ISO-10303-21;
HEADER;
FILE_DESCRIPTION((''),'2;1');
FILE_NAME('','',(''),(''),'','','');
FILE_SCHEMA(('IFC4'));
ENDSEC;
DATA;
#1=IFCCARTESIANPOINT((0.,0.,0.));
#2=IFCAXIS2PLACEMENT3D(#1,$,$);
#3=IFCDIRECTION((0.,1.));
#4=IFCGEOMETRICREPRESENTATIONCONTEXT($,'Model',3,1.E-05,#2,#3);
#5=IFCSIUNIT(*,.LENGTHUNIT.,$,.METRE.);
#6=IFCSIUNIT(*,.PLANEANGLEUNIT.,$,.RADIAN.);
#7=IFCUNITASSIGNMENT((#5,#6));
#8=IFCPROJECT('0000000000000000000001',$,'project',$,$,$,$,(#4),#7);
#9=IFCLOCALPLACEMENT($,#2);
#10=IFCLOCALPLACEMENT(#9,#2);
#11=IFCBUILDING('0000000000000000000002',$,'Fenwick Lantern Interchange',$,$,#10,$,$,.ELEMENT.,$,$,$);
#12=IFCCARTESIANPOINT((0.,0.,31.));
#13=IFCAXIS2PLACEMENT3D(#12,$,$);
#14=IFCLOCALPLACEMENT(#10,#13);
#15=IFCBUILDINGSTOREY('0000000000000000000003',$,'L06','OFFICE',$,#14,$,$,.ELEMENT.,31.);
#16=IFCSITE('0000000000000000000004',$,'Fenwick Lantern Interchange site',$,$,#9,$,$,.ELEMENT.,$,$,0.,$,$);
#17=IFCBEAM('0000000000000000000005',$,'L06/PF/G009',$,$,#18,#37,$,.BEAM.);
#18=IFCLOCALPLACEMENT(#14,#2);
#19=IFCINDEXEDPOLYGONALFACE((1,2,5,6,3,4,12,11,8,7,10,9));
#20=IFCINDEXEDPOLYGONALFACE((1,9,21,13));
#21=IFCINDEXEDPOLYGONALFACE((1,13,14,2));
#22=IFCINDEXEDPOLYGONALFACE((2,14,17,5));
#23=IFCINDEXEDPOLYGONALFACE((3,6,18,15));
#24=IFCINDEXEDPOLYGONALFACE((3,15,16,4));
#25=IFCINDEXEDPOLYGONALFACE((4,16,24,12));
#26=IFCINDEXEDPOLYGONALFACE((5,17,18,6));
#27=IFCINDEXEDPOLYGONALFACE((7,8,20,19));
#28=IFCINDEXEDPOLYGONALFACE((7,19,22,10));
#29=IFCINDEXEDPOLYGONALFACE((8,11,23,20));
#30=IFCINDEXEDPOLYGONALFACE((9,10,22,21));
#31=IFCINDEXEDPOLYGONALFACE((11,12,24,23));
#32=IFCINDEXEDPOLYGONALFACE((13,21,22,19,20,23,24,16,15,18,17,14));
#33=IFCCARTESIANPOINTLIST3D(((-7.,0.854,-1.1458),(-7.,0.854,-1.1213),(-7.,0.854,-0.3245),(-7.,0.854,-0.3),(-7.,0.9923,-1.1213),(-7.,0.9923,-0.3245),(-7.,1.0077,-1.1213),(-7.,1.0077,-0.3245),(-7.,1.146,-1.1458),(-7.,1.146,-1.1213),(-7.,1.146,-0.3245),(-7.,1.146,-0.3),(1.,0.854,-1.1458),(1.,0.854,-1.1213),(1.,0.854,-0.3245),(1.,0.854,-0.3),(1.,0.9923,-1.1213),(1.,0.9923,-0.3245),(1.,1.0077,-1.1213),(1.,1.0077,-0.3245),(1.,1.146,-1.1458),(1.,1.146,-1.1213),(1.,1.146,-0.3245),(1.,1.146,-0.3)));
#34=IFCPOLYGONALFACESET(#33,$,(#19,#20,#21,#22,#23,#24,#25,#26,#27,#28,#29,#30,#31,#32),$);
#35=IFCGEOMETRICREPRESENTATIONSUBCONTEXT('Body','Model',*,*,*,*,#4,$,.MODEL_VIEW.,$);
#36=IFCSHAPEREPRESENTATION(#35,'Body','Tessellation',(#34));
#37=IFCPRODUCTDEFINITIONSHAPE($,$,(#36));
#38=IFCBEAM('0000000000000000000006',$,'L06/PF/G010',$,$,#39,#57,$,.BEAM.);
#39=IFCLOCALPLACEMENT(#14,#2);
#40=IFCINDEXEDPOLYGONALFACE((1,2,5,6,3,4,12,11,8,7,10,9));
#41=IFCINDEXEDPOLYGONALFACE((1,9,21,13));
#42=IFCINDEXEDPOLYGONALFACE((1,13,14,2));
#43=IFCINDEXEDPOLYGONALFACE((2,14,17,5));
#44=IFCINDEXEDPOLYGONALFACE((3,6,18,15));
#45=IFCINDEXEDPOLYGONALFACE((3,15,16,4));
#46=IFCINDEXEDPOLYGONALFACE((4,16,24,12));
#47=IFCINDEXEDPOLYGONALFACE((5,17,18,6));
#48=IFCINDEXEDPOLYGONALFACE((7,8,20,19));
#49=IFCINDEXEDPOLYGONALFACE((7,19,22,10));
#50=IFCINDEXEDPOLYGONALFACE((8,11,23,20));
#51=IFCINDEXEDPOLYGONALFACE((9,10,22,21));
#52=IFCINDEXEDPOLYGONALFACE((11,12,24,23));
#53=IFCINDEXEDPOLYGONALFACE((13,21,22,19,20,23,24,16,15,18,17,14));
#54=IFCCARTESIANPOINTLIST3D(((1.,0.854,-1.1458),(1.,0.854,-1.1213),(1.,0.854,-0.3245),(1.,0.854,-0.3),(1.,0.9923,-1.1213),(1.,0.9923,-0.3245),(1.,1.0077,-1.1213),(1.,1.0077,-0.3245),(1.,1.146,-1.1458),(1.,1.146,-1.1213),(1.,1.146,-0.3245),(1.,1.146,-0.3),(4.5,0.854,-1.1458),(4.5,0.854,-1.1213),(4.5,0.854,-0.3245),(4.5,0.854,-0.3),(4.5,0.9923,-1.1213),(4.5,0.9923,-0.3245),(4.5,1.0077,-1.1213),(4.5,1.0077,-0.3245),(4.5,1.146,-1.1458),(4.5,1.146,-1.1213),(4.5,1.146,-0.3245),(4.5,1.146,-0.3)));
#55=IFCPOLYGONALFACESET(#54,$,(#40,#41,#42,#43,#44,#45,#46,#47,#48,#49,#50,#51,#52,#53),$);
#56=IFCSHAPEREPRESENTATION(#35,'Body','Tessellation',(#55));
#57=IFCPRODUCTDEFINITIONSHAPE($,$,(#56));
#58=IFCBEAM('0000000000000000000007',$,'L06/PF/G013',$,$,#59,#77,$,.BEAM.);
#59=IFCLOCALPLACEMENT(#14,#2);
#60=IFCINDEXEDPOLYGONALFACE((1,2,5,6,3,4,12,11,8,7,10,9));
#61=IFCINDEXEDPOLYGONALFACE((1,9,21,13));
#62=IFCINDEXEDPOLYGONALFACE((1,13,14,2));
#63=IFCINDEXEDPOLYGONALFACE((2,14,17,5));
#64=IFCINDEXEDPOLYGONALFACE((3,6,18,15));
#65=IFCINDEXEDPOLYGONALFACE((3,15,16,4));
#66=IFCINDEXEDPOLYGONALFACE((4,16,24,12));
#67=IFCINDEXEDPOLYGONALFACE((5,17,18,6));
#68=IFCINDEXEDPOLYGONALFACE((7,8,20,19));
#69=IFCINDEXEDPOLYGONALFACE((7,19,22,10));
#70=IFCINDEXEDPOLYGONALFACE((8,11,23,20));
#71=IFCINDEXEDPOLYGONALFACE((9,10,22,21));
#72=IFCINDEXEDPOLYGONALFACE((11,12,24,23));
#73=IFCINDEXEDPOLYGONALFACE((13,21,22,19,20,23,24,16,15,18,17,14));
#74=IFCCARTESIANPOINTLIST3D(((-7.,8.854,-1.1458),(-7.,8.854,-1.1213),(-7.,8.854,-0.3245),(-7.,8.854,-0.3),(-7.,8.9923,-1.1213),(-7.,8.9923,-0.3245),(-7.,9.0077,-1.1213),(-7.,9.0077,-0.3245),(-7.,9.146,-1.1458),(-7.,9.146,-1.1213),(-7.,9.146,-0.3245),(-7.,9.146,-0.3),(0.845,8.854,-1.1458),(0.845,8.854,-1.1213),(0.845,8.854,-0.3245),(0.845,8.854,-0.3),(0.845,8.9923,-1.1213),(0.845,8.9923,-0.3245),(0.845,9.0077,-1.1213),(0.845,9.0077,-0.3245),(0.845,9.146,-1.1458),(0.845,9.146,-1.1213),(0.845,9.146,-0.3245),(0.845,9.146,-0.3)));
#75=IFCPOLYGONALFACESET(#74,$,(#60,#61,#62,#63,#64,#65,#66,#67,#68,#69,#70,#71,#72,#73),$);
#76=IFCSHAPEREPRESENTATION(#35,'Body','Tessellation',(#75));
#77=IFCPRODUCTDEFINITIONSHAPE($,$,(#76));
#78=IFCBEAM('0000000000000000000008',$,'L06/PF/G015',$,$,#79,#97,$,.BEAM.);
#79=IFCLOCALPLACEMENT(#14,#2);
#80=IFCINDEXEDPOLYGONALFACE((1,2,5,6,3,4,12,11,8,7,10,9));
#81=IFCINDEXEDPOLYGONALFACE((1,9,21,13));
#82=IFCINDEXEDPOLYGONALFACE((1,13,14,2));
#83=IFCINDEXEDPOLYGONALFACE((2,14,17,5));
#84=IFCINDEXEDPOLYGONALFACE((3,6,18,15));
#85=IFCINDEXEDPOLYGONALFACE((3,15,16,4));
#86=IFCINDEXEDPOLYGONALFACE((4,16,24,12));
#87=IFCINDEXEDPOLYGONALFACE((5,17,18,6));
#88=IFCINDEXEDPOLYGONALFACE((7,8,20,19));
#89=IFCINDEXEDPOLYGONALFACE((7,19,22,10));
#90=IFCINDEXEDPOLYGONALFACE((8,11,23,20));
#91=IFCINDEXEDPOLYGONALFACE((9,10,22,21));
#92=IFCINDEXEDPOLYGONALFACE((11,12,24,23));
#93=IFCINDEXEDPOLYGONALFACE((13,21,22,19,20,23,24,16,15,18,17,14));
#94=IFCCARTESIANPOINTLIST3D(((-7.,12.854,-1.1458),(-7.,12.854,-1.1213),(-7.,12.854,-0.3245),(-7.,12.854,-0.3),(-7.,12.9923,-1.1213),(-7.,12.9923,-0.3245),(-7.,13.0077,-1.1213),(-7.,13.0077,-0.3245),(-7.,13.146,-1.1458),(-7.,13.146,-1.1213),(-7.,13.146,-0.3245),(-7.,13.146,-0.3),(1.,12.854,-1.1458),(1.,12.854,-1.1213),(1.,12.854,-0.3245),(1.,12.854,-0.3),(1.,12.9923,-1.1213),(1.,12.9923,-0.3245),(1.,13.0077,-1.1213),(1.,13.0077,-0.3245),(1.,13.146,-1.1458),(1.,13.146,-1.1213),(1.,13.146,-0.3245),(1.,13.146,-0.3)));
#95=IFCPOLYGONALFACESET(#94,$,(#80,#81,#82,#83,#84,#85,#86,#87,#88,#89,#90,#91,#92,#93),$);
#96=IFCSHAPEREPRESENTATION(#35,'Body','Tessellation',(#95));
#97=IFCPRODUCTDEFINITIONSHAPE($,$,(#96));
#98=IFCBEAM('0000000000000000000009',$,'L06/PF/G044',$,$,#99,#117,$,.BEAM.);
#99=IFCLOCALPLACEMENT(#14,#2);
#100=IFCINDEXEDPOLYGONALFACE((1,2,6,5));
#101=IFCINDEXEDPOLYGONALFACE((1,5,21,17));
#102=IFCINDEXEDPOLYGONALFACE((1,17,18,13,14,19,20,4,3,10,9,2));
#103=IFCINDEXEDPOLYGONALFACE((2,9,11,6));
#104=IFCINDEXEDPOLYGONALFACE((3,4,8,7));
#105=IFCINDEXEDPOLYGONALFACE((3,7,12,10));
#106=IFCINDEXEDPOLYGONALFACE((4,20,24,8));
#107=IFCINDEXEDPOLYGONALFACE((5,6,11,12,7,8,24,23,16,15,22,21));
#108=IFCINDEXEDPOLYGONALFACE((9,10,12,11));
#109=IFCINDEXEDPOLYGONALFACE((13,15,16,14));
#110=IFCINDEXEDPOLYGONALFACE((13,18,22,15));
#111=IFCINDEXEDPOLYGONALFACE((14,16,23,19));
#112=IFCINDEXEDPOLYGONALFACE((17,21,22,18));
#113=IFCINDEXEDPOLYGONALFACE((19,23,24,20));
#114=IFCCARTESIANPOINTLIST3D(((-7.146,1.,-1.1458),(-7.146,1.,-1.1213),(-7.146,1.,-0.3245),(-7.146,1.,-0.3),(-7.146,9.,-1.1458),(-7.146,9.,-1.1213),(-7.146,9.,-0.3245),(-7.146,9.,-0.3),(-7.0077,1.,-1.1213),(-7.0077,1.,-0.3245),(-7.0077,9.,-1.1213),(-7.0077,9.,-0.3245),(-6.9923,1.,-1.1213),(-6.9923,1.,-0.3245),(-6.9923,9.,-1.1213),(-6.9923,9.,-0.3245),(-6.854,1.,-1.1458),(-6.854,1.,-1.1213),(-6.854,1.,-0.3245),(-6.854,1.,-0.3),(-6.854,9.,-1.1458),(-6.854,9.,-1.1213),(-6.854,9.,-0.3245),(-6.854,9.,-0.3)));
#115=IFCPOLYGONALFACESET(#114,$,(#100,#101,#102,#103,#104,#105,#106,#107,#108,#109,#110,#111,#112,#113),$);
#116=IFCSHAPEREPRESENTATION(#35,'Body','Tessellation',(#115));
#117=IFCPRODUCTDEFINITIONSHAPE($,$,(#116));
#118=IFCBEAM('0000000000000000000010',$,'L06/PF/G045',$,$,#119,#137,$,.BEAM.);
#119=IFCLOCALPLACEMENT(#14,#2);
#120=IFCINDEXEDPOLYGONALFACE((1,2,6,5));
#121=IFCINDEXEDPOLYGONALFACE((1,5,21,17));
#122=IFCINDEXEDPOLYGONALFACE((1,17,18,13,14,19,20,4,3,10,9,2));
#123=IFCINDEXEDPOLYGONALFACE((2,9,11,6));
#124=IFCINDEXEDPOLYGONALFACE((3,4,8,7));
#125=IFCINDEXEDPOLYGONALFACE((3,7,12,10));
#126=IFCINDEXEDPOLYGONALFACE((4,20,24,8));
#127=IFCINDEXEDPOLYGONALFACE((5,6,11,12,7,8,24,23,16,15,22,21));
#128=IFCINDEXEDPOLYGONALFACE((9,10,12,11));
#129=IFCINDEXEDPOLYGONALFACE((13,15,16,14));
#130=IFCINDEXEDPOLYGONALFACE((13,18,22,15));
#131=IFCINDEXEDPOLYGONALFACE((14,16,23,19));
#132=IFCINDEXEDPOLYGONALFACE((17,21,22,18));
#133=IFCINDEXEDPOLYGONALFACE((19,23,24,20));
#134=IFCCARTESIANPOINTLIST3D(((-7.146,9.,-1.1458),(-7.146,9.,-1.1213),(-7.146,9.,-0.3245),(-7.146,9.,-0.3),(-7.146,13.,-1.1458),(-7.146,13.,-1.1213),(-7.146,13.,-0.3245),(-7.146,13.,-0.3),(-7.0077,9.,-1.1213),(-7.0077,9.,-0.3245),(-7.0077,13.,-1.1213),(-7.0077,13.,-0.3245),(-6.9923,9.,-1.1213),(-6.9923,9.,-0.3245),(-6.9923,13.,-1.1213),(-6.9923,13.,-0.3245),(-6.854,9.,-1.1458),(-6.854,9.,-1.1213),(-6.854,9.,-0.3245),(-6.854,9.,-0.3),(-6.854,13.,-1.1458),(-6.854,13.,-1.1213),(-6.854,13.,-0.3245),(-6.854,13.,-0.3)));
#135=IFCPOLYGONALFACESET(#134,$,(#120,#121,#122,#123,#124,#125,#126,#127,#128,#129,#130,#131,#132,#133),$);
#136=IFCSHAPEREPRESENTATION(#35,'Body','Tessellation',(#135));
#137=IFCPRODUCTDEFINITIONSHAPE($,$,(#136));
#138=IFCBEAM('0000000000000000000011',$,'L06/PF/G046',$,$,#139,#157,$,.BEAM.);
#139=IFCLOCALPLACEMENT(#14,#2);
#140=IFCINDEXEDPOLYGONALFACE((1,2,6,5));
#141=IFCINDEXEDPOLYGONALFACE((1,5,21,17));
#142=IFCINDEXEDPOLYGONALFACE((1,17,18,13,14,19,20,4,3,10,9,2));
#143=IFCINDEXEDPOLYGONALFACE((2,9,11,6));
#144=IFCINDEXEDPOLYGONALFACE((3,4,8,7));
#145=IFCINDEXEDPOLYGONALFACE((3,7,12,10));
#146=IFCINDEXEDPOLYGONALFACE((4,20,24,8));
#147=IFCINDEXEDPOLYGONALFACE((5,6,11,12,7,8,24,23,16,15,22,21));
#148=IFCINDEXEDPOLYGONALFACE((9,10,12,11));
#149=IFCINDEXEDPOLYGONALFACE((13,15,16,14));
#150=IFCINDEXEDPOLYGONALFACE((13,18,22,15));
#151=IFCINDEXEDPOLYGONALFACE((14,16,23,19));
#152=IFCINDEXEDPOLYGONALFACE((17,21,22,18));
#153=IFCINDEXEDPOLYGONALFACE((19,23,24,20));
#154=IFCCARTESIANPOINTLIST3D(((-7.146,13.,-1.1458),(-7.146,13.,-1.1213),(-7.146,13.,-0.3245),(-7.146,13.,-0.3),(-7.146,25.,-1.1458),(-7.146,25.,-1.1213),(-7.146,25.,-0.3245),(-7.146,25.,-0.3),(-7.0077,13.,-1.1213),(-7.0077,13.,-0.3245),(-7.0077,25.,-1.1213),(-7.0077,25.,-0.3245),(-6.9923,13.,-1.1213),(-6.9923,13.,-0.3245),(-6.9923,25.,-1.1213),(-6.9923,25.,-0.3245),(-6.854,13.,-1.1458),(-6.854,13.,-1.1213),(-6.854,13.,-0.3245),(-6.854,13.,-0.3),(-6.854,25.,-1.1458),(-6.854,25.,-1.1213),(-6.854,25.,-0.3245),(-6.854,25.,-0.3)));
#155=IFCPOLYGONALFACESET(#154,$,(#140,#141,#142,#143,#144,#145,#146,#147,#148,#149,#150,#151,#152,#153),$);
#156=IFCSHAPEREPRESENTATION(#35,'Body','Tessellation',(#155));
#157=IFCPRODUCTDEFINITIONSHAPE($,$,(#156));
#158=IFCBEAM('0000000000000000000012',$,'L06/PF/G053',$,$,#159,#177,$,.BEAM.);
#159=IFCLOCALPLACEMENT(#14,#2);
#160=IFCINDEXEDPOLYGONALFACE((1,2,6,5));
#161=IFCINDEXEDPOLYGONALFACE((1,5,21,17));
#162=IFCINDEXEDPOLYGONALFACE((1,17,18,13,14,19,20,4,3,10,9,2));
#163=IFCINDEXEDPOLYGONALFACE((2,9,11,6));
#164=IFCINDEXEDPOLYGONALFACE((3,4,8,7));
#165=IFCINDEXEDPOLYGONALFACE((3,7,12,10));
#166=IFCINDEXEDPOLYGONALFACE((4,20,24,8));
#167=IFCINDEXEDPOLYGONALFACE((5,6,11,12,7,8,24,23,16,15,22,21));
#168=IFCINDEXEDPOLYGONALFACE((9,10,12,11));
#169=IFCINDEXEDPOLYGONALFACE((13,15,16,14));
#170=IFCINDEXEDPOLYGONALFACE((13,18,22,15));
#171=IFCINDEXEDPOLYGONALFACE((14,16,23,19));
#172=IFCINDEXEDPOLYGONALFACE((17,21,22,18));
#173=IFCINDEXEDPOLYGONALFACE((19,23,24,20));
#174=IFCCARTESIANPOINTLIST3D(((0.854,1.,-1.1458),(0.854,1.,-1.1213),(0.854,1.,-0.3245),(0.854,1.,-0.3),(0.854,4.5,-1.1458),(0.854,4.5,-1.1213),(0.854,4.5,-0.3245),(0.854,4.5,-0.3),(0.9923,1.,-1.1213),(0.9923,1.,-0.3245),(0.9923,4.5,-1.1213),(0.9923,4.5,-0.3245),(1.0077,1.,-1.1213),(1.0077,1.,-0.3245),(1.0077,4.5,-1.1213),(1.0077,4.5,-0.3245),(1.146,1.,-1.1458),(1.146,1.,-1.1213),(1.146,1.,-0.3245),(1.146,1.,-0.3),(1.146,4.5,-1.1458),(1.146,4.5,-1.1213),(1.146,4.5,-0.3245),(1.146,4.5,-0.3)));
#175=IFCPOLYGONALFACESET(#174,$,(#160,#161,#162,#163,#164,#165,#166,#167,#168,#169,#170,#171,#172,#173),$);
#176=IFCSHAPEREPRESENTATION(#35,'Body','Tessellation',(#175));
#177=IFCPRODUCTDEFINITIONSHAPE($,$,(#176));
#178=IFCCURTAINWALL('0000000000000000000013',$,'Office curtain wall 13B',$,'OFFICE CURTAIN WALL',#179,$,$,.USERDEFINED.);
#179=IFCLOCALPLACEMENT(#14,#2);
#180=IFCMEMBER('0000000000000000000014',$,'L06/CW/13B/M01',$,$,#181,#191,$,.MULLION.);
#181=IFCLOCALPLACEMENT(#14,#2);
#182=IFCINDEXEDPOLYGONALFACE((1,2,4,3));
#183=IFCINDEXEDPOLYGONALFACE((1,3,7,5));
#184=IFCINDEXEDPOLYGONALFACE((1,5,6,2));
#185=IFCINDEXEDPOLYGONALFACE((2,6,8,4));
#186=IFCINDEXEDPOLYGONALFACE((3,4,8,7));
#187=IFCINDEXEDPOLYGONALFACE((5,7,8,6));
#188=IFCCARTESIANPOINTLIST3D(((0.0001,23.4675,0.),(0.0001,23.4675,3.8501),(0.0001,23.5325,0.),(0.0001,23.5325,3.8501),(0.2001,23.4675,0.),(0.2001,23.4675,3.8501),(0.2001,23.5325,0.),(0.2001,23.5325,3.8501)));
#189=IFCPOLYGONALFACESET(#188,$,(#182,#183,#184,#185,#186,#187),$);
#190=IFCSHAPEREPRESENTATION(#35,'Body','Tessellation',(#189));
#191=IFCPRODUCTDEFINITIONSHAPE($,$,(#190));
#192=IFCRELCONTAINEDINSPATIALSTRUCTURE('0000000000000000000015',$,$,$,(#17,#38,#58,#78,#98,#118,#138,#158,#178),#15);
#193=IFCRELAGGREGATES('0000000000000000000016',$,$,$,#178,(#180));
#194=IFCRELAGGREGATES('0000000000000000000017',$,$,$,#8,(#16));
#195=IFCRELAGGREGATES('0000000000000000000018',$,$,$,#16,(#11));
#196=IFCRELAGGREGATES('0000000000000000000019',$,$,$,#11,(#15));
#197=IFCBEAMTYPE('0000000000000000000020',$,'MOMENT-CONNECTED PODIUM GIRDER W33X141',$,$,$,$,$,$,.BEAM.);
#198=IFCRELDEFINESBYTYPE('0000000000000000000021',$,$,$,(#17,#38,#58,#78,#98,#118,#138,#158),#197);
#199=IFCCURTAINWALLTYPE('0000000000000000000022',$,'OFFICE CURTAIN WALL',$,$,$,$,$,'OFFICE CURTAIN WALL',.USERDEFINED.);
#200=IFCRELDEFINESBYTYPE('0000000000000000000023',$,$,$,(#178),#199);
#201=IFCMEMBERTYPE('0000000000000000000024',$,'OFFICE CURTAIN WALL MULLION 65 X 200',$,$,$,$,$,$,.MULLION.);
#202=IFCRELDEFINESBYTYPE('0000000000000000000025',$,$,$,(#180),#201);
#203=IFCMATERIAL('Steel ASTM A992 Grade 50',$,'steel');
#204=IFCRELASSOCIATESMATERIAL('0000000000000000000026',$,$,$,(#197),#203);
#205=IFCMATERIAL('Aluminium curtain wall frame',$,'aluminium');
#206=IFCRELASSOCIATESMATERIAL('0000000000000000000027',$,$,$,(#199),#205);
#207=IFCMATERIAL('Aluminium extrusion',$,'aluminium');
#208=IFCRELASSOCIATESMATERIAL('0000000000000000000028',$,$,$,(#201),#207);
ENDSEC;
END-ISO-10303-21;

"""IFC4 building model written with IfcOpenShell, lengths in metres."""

from ifc_helpers import new_model, si_unit, direction, frame, origin, origin_2d, place, context, subcontext, project, spatial, rectangle, i_section, extrude, material, material_profile, profile_set, type_object, element, aggregate, save


model = new_model("IFC4")

# Units and contexts
model_context = context("Model", 3, precision=1e-05, world=origin(), true_north=direction((0.0, 1.0)))
body_context = subcontext(model_context, "Body", "Model", "MODEL_VIEW")
ifc_project = project(units=[si_unit("LENGTHUNIT", "METRE"), si_unit("PLANEANGLEUNIT", "RADIAN")], contexts=[model_context])

# Site, building, storey
site_placement = place(None, origin())
site = spatial("IfcSite", under=ifc_project, at=site_placement, Name="Fenwick Lantern Interchange site", CompositionType="ELEMENT", RefElevation=0.0)
building_placement = place(site_placement, origin())
building = spatial("IfcBuilding", under=site, at=building_placement, Name="Fenwick Lantern Interchange", CompositionType="ELEMENT")
storey_placement = place(building_placement, frame((0.0, 0.0, 31.0)))
storey = spatial("IfcBuildingStorey", under=building, at=storey_placement, Name="L06", Description="OFFICE", CompositionType="ELEMENT", Elevation=31.0)

# Shared definitions
ifc_material_1 = material(Name="Steel ASTM A992 Grade 50", Category="steel")

# Beams
ifc_material_profile_1 = material_profile(ifc_material_1, i_section(OverallWidth=0.292, OverallDepth=0.8457, WebThickness=0.0154, FlangeThickness=0.0244, at=origin_2d()), Name="W33X141")
ifc_profile_set_1 = profile_set([ifc_material_profile_1], Name="Steel ASTM A992 Grade 50")
beam_type_1 = type_object("IfcBeamType", Name="MOMENT-CONNECTED PODIUM GIRDER W33X141", PredefinedType="BEAM", material=ifc_profile_set_1)
beam_1_placement = place(storey_placement, frame((-7.0, 1.0, -0.7229), z_axis=(1.0, 0.0, 0.0), x_axis=(0.0, 1.0, 0.0)))
element("IfcBeam", 1, at=beam_1_placement, inside=storey, type_object=beam_type_1, Name="L06/PF/G009", PredefinedType="BEAM", context=body_context, shape_type="SweptSolid", body=[
    extrude(i_section(OverallWidth=0.292, OverallDepth=0.8457, WebThickness=0.0154, FlangeThickness=0.0244, at=origin_2d()), origin(), (0.0, 0.0, 1.0), 8.0),
])
beam_2_placement = place(storey_placement, frame((1.0, 1.0, -0.7229), z_axis=(1.0, 0.0, 0.0), x_axis=(0.0, 1.0, 0.0)))
element("IfcBeam", 2, at=beam_2_placement, inside=storey, type_object=beam_type_1, Name="L06/PF/G010", PredefinedType="BEAM", context=body_context, shape_type="SweptSolid", body=[
    extrude(i_section(OverallWidth=0.292, OverallDepth=0.8457, WebThickness=0.0154, FlangeThickness=0.0244, at=origin_2d()), origin(), (0.0, 0.0, 1.0), 3.5),
])
beam_3_placement = place(storey_placement, frame((-7.0, 9.0, -0.7229), z_axis=(1.0, 0.0, 0.0), x_axis=(0.0, 1.0, 0.0)))
element("IfcBeam", 3, at=beam_3_placement, inside=storey, type_object=beam_type_1, Name="L06/PF/G013", PredefinedType="BEAM", context=body_context, shape_type="SweptSolid", body=[
    extrude(i_section(OverallWidth=0.292, OverallDepth=0.8457, WebThickness=0.0154, FlangeThickness=0.0244, at=origin_2d()), origin(), (0.0, 0.0, 1.0), 7.845),
])
for number, where, z_axis, x_axis, name in (
    (4, (-7.0, 13.0, -0.7229), (1.0, 0.0, 0.0), (0.0, 1.0, 0.0), "L06/PF/G015"),
    (5, (-7.0, 1.0, -0.7229), (0.0, 1.0, 0.0), (-1.0, 0.0, 0.0), "L06/PF/G044"),
):
    element("IfcBeam", number, at=place(storey_placement, frame(where, z_axis=z_axis, x_axis=x_axis)), inside=storey, type_object=beam_type_1, Name=name, PredefinedType="BEAM", context=body_context, shape_type="SweptSolid", body=[
        extrude(i_section(OverallWidth=0.292, OverallDepth=0.8457, WebThickness=0.0154, FlangeThickness=0.0244, at=origin_2d()), origin(), (0.0, 0.0, 1.0), 8.0),
    ])
beam_4_placement = place(storey_placement, frame((-7.0, 9.0, -0.7229), z_axis=(0.0, 1.0, 0.0), x_axis=(-1.0, 0.0, 0.0)))
element("IfcBeam", 6, at=beam_4_placement, inside=storey, type_object=beam_type_1, Name="L06/PF/G045", PredefinedType="BEAM", context=body_context, shape_type="SweptSolid", body=[
    extrude(i_section(OverallWidth=0.292, OverallDepth=0.8457, WebThickness=0.0154, FlangeThickness=0.0244, at=origin_2d()), origin(), (0.0, 0.0, 1.0), 4.0),
])
beam_5_placement = place(storey_placement, frame((-7.0, 13.0, -0.7229), z_axis=(0.0, 1.0, 0.0), x_axis=(-1.0, 0.0, 0.0)))
element("IfcBeam", 7, at=beam_5_placement, inside=storey, type_object=beam_type_1, Name="L06/PF/G046", PredefinedType="BEAM", context=body_context, shape_type="SweptSolid", body=[
    extrude(i_section(OverallWidth=0.292, OverallDepth=0.8457, WebThickness=0.0154, FlangeThickness=0.0244, at=origin_2d()), origin(), (0.0, 0.0, 1.0), 12.0),
])
beam_6_placement = place(storey_placement, frame((1.0, 1.0, -0.7229), z_axis=(0.0, 1.0, 0.0), x_axis=(-1.0, 0.0, 0.0)))
element("IfcBeam", 8, at=beam_6_placement, inside=storey, type_object=beam_type_1, Name="L06/PF/G053", PredefinedType="BEAM", context=body_context, shape_type="SweptSolid", body=[
    extrude(i_section(OverallWidth=0.292, OverallDepth=0.8457, WebThickness=0.0154, FlangeThickness=0.0244, at=origin_2d()), origin(), (0.0, 0.0, 1.0), 3.5),
])

# Curtain wall, member
ifc_material_2 = material(Name="Aluminium curtain wall frame", Category="aluminium")
curtain_wall_type = type_object("IfcCurtainWallType", Name="OFFICE CURTAIN WALL", ElementType="OFFICE CURTAIN WALL", PredefinedType="USERDEFINED", material=ifc_material_2)
curtain_wall_1_placement = place(storey_placement, origin())
curtain_wall_1 = element("IfcCurtainWall", 9, at=curtain_wall_1_placement, inside=storey, type_object=curtain_wall_type, Name="Office curtain wall 13B", ObjectType="OFFICE CURTAIN WALL", PredefinedType="USERDEFINED")
ifc_material_3 = material(Name="Aluminium extrusion", Category="aluminium")
ifc_material_profile_2 = material_profile(ifc_material_3, rectangle(XDim=0.2, YDim=0.0649, at=origin_2d()), Name="OFFICE CURTAIN WALL MULLION 65 X 200")
ifc_profile_set_2 = profile_set([ifc_material_profile_2], Name="Aluminium extrusion")
member_type_1 = type_object("IfcMemberType", Name="OFFICE CURTAIN WALL MULLION 65 X 200", PredefinedType="MULLION", material=ifc_profile_set_2)
member_1_placement = place(storey_placement, frame((0.1001, 23.5, 0.0), z_axis=(0.0, 0.0, 1.0), x_axis=(1.0, 0.0, 0.0)))
member_1 = element("IfcMember", 10, at=member_1_placement, type_object=member_type_1, Name="L06/CW/13B/M01", PredefinedType="MULLION", context=body_context, shape_type="SweptSolid", body=[
    extrude(rectangle(XDim=0.2, YDim=0.0649, at=origin_2d()), origin(), (0.0, 0.0, 1.0), 3.8501),
])

aggregate(curtain_wall_1, [member_1])

save(model, "model.ifc")
